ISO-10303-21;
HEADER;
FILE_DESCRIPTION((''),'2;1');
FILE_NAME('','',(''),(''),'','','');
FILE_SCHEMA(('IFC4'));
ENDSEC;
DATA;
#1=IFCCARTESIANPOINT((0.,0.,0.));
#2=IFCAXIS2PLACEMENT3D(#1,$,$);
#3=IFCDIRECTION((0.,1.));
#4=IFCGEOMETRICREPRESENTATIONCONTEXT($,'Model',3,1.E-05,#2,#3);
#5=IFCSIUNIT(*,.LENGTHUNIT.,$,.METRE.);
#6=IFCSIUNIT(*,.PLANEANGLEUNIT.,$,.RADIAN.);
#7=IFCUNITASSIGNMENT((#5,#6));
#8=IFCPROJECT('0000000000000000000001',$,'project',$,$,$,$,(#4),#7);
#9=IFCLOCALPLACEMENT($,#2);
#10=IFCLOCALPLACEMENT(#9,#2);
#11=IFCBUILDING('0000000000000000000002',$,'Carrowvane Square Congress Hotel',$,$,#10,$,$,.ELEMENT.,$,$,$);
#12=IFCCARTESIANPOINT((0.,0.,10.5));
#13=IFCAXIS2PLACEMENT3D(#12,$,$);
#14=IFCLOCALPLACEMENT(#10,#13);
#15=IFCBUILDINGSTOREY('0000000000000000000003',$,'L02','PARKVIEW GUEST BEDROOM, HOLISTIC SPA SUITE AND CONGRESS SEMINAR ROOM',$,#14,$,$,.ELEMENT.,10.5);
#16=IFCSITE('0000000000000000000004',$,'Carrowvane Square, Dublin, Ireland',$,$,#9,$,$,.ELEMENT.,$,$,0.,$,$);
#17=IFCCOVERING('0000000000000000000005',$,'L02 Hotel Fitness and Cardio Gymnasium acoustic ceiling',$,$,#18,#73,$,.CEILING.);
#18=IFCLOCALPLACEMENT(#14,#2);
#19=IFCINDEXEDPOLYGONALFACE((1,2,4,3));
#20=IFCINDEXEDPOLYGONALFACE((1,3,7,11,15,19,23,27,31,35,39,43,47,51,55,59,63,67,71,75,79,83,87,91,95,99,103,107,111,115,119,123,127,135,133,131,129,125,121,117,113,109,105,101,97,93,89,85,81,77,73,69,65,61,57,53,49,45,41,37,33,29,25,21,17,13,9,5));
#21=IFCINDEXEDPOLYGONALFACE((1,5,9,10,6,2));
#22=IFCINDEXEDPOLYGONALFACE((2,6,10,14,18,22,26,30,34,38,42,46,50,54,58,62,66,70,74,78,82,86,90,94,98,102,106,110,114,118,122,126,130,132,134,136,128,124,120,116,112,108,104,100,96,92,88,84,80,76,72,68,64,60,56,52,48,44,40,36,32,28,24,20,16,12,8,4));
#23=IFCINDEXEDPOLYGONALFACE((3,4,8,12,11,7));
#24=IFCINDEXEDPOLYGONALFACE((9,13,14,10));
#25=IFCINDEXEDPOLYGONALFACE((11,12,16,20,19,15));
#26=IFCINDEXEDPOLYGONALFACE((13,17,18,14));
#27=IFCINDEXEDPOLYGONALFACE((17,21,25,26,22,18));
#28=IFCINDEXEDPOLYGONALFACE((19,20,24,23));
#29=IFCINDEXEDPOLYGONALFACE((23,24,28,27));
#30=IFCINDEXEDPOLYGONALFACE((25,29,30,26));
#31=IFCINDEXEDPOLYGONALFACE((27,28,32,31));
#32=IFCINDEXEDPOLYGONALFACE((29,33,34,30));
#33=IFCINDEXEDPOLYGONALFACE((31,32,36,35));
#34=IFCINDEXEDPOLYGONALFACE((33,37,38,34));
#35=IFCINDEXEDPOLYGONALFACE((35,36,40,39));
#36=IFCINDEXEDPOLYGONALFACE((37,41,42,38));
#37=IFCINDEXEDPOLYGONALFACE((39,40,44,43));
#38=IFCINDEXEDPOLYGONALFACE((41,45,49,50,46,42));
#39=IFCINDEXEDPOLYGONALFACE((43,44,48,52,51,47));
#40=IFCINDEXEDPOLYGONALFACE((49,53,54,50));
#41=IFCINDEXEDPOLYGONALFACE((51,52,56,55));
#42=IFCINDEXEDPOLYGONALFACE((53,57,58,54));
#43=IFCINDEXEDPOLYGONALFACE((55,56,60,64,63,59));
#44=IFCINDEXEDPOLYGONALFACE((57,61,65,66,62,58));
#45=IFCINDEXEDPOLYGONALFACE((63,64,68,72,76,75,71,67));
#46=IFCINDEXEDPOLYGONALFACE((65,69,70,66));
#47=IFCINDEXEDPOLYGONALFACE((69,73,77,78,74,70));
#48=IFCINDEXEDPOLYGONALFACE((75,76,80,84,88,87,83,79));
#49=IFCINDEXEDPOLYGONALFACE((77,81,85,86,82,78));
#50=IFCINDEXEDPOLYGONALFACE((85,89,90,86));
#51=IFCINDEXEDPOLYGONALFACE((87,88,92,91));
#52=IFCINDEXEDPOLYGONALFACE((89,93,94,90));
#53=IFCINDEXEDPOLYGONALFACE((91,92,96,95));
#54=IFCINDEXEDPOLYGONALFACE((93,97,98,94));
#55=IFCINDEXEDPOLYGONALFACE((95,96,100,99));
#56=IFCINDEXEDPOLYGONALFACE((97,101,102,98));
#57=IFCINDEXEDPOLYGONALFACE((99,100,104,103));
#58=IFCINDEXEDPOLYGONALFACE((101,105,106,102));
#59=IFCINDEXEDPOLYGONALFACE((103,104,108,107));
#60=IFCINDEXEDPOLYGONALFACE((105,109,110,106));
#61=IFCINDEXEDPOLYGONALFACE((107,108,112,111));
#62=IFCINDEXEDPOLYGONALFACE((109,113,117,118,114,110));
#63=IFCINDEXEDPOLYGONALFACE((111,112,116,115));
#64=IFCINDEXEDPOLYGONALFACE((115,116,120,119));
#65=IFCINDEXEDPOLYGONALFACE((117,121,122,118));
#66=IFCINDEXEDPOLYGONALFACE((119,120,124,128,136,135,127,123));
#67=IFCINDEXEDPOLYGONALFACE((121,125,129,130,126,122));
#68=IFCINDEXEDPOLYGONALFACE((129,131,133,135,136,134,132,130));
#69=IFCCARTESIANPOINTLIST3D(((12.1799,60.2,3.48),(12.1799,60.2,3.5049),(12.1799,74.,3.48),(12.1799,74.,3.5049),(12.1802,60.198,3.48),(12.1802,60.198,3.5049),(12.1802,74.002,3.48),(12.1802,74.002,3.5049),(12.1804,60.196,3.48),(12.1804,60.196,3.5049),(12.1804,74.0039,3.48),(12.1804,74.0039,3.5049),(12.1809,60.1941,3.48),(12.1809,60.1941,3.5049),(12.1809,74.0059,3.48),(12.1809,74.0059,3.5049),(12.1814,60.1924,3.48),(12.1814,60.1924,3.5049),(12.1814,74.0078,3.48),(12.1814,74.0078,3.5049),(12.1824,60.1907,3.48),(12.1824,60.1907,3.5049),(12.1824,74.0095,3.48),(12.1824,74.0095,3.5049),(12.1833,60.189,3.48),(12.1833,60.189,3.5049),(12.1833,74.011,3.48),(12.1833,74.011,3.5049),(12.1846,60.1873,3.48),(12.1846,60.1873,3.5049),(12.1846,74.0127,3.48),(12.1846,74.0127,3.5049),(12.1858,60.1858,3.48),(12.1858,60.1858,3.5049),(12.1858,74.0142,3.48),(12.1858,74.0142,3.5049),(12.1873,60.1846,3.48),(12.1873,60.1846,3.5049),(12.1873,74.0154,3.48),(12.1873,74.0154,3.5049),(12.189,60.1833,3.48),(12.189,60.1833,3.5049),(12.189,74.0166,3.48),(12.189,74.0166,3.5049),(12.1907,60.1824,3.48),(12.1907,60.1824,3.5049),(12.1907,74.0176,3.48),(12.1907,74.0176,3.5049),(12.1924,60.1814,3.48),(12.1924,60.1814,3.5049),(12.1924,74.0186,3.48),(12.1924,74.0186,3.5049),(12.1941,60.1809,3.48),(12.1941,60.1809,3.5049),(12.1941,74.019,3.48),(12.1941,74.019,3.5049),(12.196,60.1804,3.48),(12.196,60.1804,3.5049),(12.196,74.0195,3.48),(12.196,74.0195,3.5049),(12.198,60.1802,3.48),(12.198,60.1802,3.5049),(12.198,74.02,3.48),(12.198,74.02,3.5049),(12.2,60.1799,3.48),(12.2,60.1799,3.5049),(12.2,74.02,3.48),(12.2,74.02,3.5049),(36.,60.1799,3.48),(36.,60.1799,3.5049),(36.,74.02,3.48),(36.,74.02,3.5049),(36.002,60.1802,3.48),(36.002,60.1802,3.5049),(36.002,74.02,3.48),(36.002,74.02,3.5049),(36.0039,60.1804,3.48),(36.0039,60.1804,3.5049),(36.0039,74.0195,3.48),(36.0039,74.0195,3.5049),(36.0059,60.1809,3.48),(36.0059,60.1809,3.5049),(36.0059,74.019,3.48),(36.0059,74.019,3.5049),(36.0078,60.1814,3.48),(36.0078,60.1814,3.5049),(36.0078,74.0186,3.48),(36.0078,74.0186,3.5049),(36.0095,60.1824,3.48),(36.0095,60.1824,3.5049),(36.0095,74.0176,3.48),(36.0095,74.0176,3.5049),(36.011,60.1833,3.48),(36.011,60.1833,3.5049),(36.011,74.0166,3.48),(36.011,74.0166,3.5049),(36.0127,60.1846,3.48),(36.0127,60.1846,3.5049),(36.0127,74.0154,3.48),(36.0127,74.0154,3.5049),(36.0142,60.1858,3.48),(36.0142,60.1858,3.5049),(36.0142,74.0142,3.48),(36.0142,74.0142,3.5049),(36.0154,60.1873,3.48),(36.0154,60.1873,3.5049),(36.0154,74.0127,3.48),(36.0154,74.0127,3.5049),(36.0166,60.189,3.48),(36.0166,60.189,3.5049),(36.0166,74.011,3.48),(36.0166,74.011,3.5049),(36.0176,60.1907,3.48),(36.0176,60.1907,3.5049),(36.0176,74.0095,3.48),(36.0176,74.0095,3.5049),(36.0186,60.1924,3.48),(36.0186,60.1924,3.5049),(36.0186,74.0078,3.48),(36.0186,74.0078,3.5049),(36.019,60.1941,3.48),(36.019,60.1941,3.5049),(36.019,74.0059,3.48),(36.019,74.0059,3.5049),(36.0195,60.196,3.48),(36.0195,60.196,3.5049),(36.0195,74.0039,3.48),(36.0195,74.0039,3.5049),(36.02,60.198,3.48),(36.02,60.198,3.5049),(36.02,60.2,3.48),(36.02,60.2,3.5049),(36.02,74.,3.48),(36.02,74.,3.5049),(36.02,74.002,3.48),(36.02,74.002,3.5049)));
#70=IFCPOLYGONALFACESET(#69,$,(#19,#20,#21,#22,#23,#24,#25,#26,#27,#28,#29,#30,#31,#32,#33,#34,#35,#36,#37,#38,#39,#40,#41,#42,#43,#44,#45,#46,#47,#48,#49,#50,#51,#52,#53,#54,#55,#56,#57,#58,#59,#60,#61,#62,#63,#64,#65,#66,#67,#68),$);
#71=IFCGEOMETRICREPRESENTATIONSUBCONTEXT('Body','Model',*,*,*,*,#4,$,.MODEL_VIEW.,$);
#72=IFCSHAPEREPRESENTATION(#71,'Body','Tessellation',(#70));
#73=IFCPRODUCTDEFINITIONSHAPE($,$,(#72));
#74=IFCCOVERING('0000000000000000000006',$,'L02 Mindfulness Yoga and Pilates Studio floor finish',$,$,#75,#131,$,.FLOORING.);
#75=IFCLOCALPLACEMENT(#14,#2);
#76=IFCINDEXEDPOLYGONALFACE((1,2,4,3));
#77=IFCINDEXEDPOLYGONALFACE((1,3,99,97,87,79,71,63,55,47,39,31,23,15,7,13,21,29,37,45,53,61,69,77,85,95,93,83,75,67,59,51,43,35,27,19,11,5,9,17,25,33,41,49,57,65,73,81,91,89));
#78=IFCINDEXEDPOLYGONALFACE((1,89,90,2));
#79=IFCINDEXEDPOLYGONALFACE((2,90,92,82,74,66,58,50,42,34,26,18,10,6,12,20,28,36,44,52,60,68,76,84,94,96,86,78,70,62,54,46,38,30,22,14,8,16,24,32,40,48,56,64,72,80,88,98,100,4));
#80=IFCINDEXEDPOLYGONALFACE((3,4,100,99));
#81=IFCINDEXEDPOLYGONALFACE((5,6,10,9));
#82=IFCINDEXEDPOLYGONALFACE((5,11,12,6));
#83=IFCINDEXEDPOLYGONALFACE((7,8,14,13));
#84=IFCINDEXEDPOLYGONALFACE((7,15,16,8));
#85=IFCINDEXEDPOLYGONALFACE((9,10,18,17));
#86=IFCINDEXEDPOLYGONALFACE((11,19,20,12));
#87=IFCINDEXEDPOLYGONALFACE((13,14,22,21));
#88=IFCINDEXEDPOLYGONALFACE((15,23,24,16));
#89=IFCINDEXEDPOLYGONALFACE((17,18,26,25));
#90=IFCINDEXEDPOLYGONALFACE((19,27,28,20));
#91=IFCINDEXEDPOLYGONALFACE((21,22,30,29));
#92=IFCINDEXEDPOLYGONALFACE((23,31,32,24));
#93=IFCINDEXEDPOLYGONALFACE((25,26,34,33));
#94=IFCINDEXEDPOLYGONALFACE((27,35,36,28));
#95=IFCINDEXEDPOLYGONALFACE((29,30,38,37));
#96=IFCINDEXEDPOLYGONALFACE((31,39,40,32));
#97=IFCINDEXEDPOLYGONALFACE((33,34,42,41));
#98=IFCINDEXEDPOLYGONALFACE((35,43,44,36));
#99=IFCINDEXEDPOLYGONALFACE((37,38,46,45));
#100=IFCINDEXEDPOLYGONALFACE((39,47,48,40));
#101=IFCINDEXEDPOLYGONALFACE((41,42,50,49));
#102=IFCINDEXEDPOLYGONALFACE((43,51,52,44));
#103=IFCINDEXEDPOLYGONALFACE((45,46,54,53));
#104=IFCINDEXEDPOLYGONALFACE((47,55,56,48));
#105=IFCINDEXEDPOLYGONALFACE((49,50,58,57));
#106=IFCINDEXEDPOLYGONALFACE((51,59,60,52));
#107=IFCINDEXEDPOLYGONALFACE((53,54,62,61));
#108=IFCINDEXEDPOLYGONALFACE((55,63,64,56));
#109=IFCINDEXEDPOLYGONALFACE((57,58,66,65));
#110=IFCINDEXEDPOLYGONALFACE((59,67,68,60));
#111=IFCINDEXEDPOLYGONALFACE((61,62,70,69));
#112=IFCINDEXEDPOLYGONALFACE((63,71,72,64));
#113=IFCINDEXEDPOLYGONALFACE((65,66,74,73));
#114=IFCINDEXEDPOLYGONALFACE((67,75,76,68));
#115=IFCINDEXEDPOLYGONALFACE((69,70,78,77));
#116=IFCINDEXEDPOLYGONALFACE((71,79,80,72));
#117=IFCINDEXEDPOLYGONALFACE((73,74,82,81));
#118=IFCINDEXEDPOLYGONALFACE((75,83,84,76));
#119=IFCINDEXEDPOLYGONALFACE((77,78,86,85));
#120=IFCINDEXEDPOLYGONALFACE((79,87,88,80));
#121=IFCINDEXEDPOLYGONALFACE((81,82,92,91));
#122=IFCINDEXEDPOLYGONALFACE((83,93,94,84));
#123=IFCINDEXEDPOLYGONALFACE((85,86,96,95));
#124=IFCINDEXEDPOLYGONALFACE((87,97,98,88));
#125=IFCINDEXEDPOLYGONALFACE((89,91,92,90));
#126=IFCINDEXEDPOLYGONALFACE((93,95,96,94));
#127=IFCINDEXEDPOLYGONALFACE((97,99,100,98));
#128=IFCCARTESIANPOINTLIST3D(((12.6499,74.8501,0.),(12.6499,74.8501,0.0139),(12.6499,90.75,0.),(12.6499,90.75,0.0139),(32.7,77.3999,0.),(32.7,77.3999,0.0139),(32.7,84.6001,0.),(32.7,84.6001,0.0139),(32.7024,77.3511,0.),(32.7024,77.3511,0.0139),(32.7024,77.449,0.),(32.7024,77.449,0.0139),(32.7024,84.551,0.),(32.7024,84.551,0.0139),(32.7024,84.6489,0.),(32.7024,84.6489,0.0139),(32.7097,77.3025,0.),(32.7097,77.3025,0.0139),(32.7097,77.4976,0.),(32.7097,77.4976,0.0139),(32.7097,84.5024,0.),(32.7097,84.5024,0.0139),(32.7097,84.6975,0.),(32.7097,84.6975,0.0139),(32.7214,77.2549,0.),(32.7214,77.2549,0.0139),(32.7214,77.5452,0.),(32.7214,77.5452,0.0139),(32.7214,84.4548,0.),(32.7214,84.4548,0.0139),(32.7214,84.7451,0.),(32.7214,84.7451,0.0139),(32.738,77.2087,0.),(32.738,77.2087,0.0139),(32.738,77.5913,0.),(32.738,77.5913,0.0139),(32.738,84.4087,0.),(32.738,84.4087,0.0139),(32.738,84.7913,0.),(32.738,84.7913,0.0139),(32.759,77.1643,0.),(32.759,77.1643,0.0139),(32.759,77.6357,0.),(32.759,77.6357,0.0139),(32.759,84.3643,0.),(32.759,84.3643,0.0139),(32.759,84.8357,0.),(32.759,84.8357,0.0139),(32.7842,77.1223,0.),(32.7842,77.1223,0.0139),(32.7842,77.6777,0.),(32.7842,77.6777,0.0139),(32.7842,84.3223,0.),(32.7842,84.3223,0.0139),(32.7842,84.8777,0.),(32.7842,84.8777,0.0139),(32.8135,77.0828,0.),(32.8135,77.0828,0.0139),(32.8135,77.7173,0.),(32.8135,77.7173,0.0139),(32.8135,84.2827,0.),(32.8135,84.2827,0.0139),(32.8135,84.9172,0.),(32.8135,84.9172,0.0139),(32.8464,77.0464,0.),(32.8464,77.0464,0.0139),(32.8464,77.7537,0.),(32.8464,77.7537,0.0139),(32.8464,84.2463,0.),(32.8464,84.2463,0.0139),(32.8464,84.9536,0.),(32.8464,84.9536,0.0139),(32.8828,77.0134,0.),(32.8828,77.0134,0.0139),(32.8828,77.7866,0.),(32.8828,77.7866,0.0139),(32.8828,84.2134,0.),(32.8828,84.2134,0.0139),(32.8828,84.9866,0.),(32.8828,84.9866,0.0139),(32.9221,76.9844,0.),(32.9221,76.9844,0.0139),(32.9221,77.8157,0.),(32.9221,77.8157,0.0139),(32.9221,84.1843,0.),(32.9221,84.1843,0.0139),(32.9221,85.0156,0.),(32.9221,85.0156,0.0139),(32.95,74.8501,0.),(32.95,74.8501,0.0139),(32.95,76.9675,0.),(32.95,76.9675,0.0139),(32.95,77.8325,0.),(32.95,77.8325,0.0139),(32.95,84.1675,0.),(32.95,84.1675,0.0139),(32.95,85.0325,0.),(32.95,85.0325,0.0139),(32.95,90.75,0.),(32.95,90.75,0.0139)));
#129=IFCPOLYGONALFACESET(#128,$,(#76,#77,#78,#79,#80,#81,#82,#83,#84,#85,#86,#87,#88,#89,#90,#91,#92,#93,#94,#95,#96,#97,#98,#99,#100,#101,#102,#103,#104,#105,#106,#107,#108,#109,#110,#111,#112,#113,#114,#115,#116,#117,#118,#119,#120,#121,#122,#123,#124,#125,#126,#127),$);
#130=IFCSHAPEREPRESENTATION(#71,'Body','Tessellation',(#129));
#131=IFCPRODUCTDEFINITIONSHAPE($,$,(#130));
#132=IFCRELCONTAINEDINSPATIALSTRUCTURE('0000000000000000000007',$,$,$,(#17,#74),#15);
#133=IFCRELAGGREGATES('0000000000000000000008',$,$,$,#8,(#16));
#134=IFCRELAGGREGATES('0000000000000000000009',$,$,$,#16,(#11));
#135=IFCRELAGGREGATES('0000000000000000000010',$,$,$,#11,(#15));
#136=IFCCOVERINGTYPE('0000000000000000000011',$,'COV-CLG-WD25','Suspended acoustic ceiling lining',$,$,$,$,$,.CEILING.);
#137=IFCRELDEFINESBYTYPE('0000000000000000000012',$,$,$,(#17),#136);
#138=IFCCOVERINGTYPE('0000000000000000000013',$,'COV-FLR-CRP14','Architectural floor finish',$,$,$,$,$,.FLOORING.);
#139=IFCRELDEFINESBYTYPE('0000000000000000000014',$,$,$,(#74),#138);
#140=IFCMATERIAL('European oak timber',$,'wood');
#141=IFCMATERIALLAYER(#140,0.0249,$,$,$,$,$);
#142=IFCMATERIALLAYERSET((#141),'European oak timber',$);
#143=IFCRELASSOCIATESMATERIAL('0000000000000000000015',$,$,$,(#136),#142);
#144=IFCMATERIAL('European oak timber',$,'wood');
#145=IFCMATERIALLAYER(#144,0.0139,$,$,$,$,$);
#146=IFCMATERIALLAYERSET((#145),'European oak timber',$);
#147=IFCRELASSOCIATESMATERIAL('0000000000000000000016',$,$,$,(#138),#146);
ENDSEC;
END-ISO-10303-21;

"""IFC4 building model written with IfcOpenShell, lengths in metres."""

from ifc_helpers import new_model, si_unit, direction, frame, origin, place, context, subcontext, project, spatial, polyline, outline, extrude, material, layer, layer_set, type_object, element, save


model = new_model("IFC4")

# Units and contexts
model_context = context("Model", 3, precision=1e-05, world=origin(), true_north=direction((0.0, 1.0)))
body_context = subcontext(model_context, "Body", "Model", "MODEL_VIEW")
ifc_project = project(units=[si_unit("LENGTHUNIT", "METRE"), si_unit("PLANEANGLEUNIT", "RADIAN")], contexts=[model_context])

# Site, building, storey
site_placement = place(None, origin())
site = spatial("IfcSite", under=ifc_project, at=site_placement, Name="Carrowvane Square, Dublin, Ireland", CompositionType="ELEMENT", RefElevation=0.0)
building_placement = place(site_placement, origin())
building = spatial("IfcBuilding", under=site, at=building_placement, Name="Carrowvane Square Congress Hotel", CompositionType="ELEMENT")
storey_placement = place(building_placement, frame((0.0, 0.0, 10.5)))
storey = spatial("IfcBuildingStorey", under=building, at=storey_placement, Name="L02", Description="PARKVIEW GUEST BEDROOM, HOLISTIC SPA SUITE AND CONGRESS SEMINAR ROOM", CompositionType="ELEMENT", Elevation=10.5)

# Coverings
ifc_material_1 = material(Name="European oak timber", Category="wood")
ifc_layer_1 = layer(ifc_material_1, 0.0249)
ifc_layer_set_1 = layer_set([ifc_layer_1], Name="European oak timber")
covering_type_1 = type_object("IfcCoveringType", Name="COV-CLG-WD25", Description="Suspended acoustic ceiling lining", PredefinedType="CEILING", material=ifc_layer_set_1)
covering_1_placement = place(storey_placement, frame((0.0, 0.0, 3.48)))
element("IfcCovering", 1, at=covering_1_placement, inside=storey, type_object=covering_type_1, Name="L02 Hotel Fitness and Cardio Gymnasium acoustic ceiling", PredefinedType="CEILING", context=body_context, shape_type="SweptSolid", body=[
    extrude(outline(polyline([(36.02, 60.2), (36.02, 60.198), (36.0195, 60.196), (36.019, 60.1941), (36.0186, 60.1924), (36.0176, 60.1907), (36.0166, 60.189), (36.0154, 60.1873), (36.0142, 60.1858), (36.0127, 60.1846), (36.011, 60.1833), (36.0095, 60.1824), (36.0078, 60.1814), (36.0059, 60.1809), (36.0039, 60.1804), (36.002, 60.1802), (36.0, 60.1799), (12.2, 60.1799), (12.198, 60.1802), (12.196, 60.1804), (12.1941, 60.1809), (12.1924, 60.1814), (12.1907, 60.1824), (12.189, 60.1833), (12.1873, 60.1846), (12.1858, 60.1858), (12.1846, 60.1873), (12.1833, 60.189), (12.1824, 60.1907), (12.1814, 60.1924), (12.1809, 60.1941), (12.1804, 60.196), (12.1802, 60.198), (12.1799, 60.2), (12.1799, 74.0), (12.1802, 74.002), (12.1804, 74.0039), (12.1809, 74.0059), (12.1814, 74.0078), (12.1824, 74.0095), (12.1833, 74.011), (12.1846, 74.0127), (12.1858, 74.0142), (12.1873, 74.0154), (12.189, 74.0166), (12.1907, 74.0176), (12.1924, 74.0186), (12.1941, 74.019), (12.196, 74.0195), (12.198, 74.02), (12.2, 74.02), (36.0, 74.02), (36.002, 74.02), (36.0039, 74.0195), (36.0059, 74.019), (36.0078, 74.0186), (36.0095, 74.0176), (36.011, 74.0166), (36.0127, 74.0154), (36.0142, 74.0142), (36.0154, 74.0127), (36.0166, 74.011), (36.0176, 74.0095), (36.0186, 74.0078), (36.019, 74.0059), (36.0195, 74.0039), (36.02, 74.002), (36.02, 74.0), (36.02, 60.2)])), origin(), (0.0, 0.0, 1.0), 0.0249),
])
ifc_material_2 = material(Name="European oak timber", Category="wood")
ifc_layer_2 = layer(ifc_material_2, 0.0139)
ifc_layer_set_2 = layer_set([ifc_layer_2], Name="European oak timber")
covering_type_2 = type_object("IfcCoveringType", Name="COV-FLR-CRP14", Description="Architectural floor finish", PredefinedType="FLOORING", material=ifc_layer_set_2)
covering_2_placement = place(storey_placement, origin())
element("IfcCovering", 2, at=covering_2_placement, inside=storey, type_object=covering_type_2, Name="L02 Mindfulness Yoga and Pilates Studio floor finish", PredefinedType="FLOORING", context=body_context, shape_type="SweptSolid", body=[
    extrude(outline(polyline([(32.8828, 77.0134), (32.9221, 76.9844), (32.95, 76.9675), (32.95, 74.8501), (12.6499, 74.8501), (12.6499, 90.75), (32.95, 90.75), (32.95, 85.0325), (32.9221, 85.0156), (32.8828, 84.9866), (32.8464, 84.9536), (32.8135, 84.9172), (32.7842, 84.8777), (32.759, 84.8357), (32.738, 84.7913), (32.7214, 84.7451), (32.7097, 84.6975), (32.7024, 84.6489), (32.7, 84.6001), (32.7024, 84.551), (32.7097, 84.5024), (32.7214, 84.4548), (32.738, 84.4087), (32.759, 84.3643), (32.7842, 84.3223), (32.8135, 84.2827), (32.8464, 84.2463), (32.8828, 84.2134), (32.9221, 84.1843), (32.95, 84.1675), (32.95, 77.8325), (32.9221, 77.8157), (32.8828, 77.7866), (32.8464, 77.7537), (32.8135, 77.7173), (32.7842, 77.6777), (32.759, 77.6357), (32.738, 77.5913), (32.7214, 77.5452), (32.7097, 77.4976), (32.7024, 77.449), (32.7, 77.3999), (32.7024, 77.3511), (32.7097, 77.3025), (32.7214, 77.2549), (32.738, 77.2087), (32.759, 77.1643), (32.7842, 77.1223), (32.8135, 77.0828), (32.8464, 77.0464), (32.8828, 77.0134)])), origin(), (0.0, 0.0, 1.0), 0.0139),
])

save(model, "model.ifc")
